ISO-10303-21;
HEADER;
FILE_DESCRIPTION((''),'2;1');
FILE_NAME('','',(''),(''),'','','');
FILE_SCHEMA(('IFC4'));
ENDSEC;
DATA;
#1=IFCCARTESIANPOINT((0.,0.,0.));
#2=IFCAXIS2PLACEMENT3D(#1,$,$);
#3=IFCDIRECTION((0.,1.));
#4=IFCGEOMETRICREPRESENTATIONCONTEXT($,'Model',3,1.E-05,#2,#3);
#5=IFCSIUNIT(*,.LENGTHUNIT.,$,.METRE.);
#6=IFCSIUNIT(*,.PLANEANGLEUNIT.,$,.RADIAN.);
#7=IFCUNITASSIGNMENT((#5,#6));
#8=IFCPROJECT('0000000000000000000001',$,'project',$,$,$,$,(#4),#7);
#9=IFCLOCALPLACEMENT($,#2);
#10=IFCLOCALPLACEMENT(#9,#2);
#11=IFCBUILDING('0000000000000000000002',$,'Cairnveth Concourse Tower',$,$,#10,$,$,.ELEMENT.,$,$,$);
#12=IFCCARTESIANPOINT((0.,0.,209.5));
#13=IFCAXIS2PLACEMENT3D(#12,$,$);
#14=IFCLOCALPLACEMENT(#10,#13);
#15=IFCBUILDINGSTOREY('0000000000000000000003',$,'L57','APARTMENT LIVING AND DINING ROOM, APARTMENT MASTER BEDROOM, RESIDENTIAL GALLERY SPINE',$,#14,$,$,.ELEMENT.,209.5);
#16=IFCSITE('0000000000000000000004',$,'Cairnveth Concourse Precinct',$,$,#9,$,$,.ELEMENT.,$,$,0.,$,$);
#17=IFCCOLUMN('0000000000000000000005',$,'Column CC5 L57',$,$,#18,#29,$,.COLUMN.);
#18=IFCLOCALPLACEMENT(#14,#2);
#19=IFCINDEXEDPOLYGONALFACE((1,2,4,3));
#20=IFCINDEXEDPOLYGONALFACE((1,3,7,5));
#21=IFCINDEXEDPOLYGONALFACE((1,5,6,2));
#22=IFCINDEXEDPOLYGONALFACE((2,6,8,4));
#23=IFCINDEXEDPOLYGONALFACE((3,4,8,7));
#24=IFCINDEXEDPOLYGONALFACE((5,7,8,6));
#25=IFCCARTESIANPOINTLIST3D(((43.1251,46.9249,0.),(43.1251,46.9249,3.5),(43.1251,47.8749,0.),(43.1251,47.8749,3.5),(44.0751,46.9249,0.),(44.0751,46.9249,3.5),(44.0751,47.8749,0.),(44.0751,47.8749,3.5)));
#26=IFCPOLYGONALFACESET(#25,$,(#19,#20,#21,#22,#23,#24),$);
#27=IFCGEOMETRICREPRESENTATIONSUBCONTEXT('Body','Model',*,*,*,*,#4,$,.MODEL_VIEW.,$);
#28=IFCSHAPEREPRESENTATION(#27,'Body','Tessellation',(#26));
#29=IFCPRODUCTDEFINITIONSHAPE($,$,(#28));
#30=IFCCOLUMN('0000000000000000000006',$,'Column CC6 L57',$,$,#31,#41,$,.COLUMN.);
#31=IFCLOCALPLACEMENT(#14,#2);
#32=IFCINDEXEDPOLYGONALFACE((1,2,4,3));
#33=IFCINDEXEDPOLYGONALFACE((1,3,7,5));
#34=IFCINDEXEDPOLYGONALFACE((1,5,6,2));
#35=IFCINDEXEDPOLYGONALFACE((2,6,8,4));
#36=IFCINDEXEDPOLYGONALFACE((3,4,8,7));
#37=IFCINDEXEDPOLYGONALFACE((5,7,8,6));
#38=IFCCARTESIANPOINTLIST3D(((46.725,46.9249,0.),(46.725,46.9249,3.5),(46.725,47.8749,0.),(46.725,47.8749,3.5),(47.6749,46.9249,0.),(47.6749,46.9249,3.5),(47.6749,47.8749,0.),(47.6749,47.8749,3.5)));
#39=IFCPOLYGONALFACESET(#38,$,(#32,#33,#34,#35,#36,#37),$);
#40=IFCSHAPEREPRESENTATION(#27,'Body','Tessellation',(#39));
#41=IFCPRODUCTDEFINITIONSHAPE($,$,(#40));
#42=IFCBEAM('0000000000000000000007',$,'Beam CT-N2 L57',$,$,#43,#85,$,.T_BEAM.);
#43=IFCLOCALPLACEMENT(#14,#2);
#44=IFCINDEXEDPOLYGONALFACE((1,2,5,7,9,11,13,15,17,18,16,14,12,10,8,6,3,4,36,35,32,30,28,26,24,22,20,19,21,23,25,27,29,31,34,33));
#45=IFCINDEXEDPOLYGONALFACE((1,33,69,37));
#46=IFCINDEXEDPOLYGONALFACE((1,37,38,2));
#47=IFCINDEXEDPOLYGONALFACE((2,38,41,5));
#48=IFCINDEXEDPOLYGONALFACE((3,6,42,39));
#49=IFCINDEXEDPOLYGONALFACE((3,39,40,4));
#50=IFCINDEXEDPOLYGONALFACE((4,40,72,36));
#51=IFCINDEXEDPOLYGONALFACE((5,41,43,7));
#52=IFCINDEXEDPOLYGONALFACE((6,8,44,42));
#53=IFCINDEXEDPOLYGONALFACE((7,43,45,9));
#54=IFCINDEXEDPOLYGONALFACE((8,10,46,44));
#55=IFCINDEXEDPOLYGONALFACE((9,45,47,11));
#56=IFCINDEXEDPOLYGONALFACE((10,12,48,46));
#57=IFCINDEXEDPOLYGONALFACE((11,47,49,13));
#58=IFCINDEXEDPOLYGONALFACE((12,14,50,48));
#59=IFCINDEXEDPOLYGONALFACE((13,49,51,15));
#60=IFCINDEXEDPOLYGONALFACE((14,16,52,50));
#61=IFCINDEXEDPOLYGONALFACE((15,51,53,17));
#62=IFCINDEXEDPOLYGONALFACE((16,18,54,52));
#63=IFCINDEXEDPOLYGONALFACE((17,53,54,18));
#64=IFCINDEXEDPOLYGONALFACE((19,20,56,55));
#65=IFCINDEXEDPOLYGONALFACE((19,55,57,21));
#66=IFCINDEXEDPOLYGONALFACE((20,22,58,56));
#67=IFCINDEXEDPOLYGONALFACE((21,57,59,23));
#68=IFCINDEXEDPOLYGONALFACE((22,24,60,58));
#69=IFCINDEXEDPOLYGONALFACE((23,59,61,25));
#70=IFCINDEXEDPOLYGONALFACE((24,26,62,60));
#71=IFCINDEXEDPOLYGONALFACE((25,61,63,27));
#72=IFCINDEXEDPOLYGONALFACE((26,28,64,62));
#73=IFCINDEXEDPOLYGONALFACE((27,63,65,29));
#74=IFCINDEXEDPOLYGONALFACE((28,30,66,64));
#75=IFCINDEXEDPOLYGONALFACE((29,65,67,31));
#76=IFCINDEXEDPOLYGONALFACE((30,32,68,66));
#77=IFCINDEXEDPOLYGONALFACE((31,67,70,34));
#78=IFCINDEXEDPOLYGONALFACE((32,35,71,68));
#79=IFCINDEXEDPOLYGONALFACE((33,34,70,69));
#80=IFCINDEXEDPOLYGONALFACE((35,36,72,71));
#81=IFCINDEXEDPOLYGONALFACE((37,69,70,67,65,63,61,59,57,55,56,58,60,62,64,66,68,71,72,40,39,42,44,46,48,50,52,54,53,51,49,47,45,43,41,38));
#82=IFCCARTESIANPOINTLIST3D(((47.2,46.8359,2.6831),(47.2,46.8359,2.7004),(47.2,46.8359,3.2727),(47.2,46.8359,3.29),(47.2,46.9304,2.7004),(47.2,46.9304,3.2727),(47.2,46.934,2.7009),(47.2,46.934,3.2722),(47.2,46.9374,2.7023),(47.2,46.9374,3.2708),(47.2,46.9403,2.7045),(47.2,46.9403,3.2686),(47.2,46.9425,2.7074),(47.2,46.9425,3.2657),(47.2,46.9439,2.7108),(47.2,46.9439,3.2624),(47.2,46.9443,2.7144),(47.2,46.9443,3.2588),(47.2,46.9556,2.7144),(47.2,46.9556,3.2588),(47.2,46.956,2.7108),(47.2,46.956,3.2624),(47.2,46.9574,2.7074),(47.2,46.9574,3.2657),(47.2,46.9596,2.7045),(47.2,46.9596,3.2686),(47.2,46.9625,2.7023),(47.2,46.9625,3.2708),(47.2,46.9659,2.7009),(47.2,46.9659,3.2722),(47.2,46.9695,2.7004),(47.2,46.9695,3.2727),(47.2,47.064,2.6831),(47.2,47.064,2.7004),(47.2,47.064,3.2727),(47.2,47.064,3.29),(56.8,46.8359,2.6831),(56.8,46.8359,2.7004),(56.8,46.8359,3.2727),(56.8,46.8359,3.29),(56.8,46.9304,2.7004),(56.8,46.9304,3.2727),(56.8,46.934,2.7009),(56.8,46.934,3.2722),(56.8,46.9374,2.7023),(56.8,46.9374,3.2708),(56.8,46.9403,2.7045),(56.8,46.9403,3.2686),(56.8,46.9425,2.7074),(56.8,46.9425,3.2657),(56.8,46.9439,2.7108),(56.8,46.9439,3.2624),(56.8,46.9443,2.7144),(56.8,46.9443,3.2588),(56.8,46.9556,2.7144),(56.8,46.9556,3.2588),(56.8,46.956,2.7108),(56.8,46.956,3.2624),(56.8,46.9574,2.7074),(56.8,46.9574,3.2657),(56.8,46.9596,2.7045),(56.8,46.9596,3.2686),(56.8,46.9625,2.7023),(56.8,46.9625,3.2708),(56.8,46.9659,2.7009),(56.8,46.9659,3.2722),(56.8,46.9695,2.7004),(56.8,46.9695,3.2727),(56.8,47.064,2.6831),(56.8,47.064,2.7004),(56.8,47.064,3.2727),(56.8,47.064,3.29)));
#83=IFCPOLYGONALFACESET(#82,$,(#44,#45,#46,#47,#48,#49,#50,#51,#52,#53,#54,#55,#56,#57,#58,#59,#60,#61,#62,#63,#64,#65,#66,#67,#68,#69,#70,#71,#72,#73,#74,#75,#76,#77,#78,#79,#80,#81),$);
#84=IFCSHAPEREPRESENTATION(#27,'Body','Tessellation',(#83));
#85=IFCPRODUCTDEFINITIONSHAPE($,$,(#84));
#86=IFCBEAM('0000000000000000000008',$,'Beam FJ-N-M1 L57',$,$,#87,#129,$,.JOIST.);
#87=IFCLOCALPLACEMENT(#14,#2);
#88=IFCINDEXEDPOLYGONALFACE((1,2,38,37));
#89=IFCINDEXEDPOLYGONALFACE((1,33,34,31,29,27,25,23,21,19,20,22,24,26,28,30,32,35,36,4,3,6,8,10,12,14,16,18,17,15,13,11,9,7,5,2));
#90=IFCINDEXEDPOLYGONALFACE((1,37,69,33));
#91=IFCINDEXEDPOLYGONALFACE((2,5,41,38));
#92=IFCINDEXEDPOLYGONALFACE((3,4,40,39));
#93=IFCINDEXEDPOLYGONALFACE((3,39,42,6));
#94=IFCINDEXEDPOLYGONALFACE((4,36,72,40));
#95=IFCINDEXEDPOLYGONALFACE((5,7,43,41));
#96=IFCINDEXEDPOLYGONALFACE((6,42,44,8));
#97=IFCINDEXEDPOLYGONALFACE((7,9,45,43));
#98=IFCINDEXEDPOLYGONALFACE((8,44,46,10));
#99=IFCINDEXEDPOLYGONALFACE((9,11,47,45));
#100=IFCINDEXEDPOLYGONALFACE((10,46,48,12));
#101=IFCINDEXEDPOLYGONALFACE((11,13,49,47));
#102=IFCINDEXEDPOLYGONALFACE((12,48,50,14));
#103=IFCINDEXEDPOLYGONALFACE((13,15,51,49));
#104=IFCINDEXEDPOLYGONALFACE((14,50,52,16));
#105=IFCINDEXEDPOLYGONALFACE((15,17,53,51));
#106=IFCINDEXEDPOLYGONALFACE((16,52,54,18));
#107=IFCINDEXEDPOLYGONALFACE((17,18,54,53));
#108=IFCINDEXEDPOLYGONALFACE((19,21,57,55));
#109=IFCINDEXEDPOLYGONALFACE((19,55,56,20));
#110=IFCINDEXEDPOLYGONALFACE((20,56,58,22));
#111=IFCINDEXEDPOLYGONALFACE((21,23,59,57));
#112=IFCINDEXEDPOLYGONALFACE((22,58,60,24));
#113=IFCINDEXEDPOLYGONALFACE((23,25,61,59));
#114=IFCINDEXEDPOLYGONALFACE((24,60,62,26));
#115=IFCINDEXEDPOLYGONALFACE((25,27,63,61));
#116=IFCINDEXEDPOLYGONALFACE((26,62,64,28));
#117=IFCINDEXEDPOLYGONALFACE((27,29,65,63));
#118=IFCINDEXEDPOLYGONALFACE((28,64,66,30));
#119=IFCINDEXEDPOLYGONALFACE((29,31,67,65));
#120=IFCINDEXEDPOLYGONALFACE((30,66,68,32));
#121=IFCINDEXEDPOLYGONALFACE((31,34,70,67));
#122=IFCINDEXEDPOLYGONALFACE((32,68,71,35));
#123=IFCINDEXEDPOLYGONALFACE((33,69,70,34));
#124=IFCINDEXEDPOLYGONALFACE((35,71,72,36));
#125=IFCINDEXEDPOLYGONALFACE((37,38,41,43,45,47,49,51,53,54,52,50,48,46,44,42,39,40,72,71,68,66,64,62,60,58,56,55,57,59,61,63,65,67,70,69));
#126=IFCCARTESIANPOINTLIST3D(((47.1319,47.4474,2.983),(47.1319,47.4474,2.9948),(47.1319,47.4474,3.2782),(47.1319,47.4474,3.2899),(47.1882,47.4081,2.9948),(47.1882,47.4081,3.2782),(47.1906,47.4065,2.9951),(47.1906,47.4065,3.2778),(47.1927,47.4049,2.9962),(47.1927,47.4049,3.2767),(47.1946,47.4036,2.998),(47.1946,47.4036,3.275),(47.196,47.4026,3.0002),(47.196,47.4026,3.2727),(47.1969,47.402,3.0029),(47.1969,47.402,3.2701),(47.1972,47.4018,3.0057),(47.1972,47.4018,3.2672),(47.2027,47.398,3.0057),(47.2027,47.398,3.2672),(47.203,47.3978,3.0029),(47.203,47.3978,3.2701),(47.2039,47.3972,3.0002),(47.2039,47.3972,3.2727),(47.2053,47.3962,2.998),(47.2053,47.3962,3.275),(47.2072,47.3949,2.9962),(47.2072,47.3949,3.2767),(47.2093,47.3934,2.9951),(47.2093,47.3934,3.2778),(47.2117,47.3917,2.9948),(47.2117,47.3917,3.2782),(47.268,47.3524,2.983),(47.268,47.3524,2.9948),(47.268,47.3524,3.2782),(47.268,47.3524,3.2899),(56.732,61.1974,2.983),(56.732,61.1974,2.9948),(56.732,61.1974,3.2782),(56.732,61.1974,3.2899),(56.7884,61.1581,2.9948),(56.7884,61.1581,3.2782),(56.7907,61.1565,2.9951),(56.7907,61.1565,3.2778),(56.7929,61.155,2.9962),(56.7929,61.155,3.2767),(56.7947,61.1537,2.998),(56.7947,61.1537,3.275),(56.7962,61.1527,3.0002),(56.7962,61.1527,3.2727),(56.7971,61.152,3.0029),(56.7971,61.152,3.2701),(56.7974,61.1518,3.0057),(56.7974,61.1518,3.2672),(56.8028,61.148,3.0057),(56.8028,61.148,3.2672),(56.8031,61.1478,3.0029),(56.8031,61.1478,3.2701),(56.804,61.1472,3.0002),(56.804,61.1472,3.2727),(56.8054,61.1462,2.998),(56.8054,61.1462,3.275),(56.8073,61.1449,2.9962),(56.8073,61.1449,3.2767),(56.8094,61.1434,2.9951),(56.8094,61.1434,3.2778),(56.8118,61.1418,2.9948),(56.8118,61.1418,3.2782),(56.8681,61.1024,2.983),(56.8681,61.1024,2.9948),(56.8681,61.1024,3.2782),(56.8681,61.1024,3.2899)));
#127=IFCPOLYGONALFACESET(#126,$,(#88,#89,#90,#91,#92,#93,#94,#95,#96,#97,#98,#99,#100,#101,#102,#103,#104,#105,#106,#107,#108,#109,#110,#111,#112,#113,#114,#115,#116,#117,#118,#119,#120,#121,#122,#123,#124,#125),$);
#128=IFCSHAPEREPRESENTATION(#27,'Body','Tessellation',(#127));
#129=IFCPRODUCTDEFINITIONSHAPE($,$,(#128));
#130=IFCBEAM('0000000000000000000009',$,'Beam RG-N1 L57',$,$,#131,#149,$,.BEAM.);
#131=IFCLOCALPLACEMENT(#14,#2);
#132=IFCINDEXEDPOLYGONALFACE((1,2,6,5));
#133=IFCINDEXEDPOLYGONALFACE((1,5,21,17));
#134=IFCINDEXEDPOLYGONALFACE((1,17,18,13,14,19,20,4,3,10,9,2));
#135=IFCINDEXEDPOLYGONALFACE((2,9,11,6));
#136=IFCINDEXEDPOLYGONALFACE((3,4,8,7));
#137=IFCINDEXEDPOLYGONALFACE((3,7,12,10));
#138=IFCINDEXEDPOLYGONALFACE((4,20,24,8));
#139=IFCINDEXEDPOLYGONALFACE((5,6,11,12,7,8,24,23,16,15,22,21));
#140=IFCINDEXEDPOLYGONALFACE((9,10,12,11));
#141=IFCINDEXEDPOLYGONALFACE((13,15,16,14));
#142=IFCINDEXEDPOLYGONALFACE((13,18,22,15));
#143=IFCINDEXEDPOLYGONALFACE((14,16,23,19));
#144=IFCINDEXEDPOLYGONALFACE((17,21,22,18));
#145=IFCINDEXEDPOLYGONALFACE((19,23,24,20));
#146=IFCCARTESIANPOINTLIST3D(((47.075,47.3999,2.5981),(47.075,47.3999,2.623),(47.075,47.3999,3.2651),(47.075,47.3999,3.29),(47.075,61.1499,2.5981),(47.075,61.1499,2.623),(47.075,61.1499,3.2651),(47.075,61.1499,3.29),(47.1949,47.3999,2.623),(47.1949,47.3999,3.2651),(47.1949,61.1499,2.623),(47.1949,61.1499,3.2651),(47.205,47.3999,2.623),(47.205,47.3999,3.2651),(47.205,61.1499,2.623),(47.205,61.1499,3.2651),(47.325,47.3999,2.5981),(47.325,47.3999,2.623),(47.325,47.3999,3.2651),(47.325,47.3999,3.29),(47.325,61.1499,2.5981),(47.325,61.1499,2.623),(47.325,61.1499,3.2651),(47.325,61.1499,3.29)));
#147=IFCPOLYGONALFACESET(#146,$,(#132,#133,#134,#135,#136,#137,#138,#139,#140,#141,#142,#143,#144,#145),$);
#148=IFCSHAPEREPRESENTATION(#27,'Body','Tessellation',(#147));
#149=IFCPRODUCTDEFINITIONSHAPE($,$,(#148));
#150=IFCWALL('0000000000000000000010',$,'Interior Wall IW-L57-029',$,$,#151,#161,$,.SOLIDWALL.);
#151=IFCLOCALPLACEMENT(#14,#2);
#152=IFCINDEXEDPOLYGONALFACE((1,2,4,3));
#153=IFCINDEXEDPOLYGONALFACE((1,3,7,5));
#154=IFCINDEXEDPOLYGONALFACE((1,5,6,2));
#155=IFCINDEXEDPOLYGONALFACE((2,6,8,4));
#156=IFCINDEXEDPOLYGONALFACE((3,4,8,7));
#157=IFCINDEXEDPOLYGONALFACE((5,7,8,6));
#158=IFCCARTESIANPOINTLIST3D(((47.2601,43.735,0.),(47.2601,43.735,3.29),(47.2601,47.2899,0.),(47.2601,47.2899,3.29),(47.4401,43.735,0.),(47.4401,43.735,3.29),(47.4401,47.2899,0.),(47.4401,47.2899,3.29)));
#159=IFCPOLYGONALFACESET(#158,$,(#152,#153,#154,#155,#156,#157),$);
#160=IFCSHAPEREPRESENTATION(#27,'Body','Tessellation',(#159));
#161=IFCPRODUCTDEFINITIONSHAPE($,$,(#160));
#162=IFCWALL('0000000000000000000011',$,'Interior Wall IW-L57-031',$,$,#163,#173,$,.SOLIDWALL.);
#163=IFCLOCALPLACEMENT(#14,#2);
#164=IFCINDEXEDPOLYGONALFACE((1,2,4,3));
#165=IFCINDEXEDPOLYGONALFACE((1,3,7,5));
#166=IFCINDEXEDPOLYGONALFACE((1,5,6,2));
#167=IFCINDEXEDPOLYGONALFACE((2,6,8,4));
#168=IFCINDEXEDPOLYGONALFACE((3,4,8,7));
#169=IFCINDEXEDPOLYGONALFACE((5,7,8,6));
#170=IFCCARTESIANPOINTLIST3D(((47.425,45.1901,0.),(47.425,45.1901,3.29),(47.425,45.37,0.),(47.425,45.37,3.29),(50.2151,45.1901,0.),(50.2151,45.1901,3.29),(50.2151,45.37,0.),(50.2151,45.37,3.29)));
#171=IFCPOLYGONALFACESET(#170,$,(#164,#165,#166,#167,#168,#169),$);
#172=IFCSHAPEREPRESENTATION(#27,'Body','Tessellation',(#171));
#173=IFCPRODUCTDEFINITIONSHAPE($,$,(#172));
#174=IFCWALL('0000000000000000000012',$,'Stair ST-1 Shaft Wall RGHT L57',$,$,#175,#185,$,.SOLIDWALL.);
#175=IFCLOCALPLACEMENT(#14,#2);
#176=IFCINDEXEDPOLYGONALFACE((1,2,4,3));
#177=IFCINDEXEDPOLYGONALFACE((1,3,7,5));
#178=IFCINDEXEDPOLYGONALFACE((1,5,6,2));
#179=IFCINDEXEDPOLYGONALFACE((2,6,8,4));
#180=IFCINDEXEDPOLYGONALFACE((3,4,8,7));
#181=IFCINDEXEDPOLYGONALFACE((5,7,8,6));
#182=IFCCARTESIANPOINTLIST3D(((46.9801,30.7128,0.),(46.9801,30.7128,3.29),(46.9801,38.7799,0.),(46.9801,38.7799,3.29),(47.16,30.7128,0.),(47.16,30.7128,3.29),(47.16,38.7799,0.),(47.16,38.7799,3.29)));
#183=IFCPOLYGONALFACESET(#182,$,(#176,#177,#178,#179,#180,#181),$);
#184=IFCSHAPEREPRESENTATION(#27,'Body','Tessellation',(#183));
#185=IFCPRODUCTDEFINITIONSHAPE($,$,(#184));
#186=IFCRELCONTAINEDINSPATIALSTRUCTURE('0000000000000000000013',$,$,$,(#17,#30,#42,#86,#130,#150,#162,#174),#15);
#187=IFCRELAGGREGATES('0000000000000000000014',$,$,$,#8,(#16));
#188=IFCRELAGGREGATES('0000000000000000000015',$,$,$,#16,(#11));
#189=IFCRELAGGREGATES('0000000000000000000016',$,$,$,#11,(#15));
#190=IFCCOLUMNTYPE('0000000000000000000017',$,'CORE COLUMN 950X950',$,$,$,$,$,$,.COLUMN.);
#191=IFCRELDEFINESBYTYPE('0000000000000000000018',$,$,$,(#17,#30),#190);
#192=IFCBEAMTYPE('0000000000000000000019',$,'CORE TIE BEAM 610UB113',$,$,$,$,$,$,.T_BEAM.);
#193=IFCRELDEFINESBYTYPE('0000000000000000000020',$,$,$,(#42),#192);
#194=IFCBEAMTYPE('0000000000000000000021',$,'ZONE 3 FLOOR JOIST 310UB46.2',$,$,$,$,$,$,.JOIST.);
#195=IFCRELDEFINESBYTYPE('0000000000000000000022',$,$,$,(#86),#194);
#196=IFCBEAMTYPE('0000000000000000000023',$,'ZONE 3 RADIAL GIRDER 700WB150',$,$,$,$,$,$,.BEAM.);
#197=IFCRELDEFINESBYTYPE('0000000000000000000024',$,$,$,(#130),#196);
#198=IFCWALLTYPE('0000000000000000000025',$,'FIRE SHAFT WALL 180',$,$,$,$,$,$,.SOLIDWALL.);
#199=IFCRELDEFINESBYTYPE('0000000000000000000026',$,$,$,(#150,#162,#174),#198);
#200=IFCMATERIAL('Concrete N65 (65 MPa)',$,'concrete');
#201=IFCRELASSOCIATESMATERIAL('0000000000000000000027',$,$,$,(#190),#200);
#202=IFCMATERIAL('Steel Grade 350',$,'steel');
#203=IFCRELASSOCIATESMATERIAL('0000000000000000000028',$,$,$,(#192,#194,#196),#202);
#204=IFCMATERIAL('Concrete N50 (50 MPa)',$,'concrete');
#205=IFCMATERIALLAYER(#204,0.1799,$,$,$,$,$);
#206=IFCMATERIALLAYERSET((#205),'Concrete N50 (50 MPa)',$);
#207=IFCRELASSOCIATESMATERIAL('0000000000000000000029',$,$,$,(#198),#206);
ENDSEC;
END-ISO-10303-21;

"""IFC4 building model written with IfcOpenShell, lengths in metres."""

from ifc_helpers import new_model, si_unit, direction, frame, frame_2d, origin, origin_2d, place, context, subcontext, project, spatial, rectangle, i_section, extrude, material, layer, layer_set, material_profile, profile_set, type_object, element, save


model = new_model("IFC4")

# Units and contexts
model_context = context("Model", 3, precision=1e-05, world=origin(), true_north=direction((0.0, 1.0)))
body_context = subcontext(model_context, "Body", "Model", "MODEL_VIEW")
ifc_project = project(units=[si_unit("LENGTHUNIT", "METRE"), si_unit("PLANEANGLEUNIT", "RADIAN")], contexts=[model_context])

# Site, building, storey
site_placement = place(None, origin())
site = spatial("IfcSite", under=ifc_project, at=site_placement, Name="Cairnveth Concourse Precinct", CompositionType="ELEMENT", RefElevation=0.0)
building_placement = place(site_placement, origin())
building = spatial("IfcBuilding", under=site, at=building_placement, Name="Cairnveth Concourse Tower", CompositionType="ELEMENT")
storey_placement = place(building_placement, frame((0.0, 0.0, 209.5)))
storey = spatial("IfcBuildingStorey", under=building, at=storey_placement, Name="L57", Description="APARTMENT LIVING AND DINING ROOM, APARTMENT MASTER BEDROOM, RESIDENTIAL GALLERY SPINE", CompositionType="ELEMENT", Elevation=209.5)

# Columns
ifc_material_1 = material(Name="Concrete N65 (65 MPa)", Category="concrete")
ifc_material_profile_1 = material_profile(ifc_material_1, rectangle(XDim=0.95, YDim=0.95, at=origin_2d()), Name="RC-COL-950x950")
ifc_profile_set_1 = profile_set([ifc_material_profile_1], Name="Concrete N65 (65 MPa)")
column_type = type_object("IfcColumnType", Name="CORE COLUMN 950X950", PredefinedType="COLUMN", material=ifc_profile_set_1)
for number, where, z_axis, x_axis, name in (
    (1, (43.6001, 47.3999, 0.0), (0.0, 0.0, 1.0), (1.0, 0.0, 0.0), "Column CC5 L57"),
    (2, (47.2, 47.3999, 0.0), (0.0, 0.0, 1.0), (1.0, 0.0, 0.0), "Column CC6 L57"),
):
    element("IfcColumn", number, at=place(storey_placement, frame(where, z_axis=z_axis, x_axis=x_axis)), inside=storey, type_object=column_type, Name=name, PredefinedType="COLUMN", context=body_context, shape_type="SweptSolid", body=[
        extrude(rectangle(XDim=0.95, YDim=0.95, at=origin_2d()), origin(), (0.0, 0.0, 1.0), 3.5),
    ])

# Beams
ifc_material_2 = material(Name="Steel Grade 350", Category="steel")
ifc_material_profile_2 = material_profile(ifc_material_2, i_section(OverallWidth=0.228, OverallDepth=0.6069, WebThickness=0.0112, FlangeThickness=0.0173, FilletRadius=0.0139, at=origin_2d()), Name="610UB113")
ifc_profile_set_2 = profile_set([ifc_material_profile_2], Name="Steel Grade 350")
beam_type_1 = type_object("IfcBeamType", Name="CORE TIE BEAM 610UB113", PredefinedType="T_BEAM", material=ifc_profile_set_2)
beam_1_placement = place(storey_placement, frame((47.2, 46.95, 2.9866), z_axis=(1.0, 0.0, 0.0), x_axis=(0.0, 1.0, 0.0)))
element("IfcBeam", 3, at=beam_1_placement, inside=storey, type_object=beam_type_1, Name="Beam CT-N2 L57", PredefinedType="T_BEAM", context=body_context, shape_type="SweptSolid", body=[
    extrude(i_section(OverallWidth=0.228, OverallDepth=0.6069, WebThickness=0.0112, FlangeThickness=0.0173, FilletRadius=0.0139, at=origin_2d()), origin(), (0.0, 0.0, 1.0), 9.6001),
])
ifc_material_profile_3 = material_profile(ifc_material_2, i_section(OverallWidth=0.166, OverallDepth=0.3069, WebThickness=0.0066, FlangeThickness=0.0117, FilletRadius=0.011, at=origin_2d()), Name="310UB46.2")
ifc_profile_set_3 = profile_set([ifc_material_profile_3], Name="Steel Grade 350")
beam_type_2 = type_object("IfcBeamType", Name="ZONE 3 FLOOR JOIST 310UB46.2", PredefinedType="JOIST", material=ifc_profile_set_3)
beam_2_placement = place(storey_placement, frame((47.2, 47.3999, 3.1365), z_axis=(0.572465, 0.819929, 0.0), x_axis=(-0.819929, 0.572465, 0.0)))
element("IfcBeam", 4, at=beam_2_placement, inside=storey, type_object=beam_type_2, Name="Beam FJ-N-M1 L57", PredefinedType="JOIST", context=body_context, shape_type="SweptSolid", body=[
    extrude(i_section(OverallWidth=0.166, OverallDepth=0.3069, WebThickness=0.0066, FlangeThickness=0.0117, FilletRadius=0.011, at=origin_2d()), origin(), (0.0, 0.0, 1.0), 16.7698),
])
ifc_material_profile_4 = material_profile(ifc_material_2, i_section(OverallWidth=0.25, OverallDepth=0.6919, WebThickness=0.01, FlangeThickness=0.0249, at=origin_2d()), Name="700WB150")
ifc_profile_set_4 = profile_set([ifc_material_profile_4], Name="Steel Grade 350")
beam_type_3 = type_object("IfcBeamType", Name="ZONE 3 RADIAL GIRDER 700WB150", PredefinedType="BEAM", material=ifc_profile_set_4)
beam_3_placement = place(storey_placement, frame((47.2, 47.3999, 2.9441), z_axis=(0.0, 1.0, 0.0), x_axis=(-1.0, 0.0, 0.0)))
element("IfcBeam", 5, at=beam_3_placement, inside=storey, type_object=beam_type_3, Name="Beam RG-N1 L57", PredefinedType="BEAM", context=body_context, shape_type="SweptSolid", body=[
    extrude(i_section(OverallWidth=0.25, OverallDepth=0.6919, WebThickness=0.01, FlangeThickness=0.0249, at=origin_2d()), origin(), (0.0, 0.0, 1.0), 13.75),
])

# Walls
ifc_material_3 = material(Name="Concrete N50 (50 MPa)", Category="concrete")
ifc_layer_1 = layer(ifc_material_3, 0.1799)
ifc_layer_set_1 = layer_set([ifc_layer_1], Name="Concrete N50 (50 MPa)")
wall_type_1 = type_object("IfcWallType", Name="FIRE SHAFT WALL 180", PredefinedType="SOLIDWALL", material=ifc_layer_set_1)
wall_1_placement = place(storey_placement, frame((47.3501, 43.7351, 0.0), z_axis=(0.0, 0.0, 1.0), x_axis=(0.0, 1.0, 0.0)))
element("IfcWall", 6, at=wall_1_placement, inside=storey, type_object=wall_type_1, Name="Interior Wall IW-L57-029", PredefinedType="SOLIDWALL", context=body_context, shape_type="SweptSolid", body=[
    extrude(rectangle(XDim=3.5549, YDim=0.1799, at=frame_2d((1.7773, 0.0))), origin(), (0.0, 0.0, 1.0), 3.29),
])
wall_2_placement = place(storey_placement, frame((47.425, 45.28, 0.0), z_axis=(0.0, 0.0, 1.0), x_axis=(1.0, 0.0, 0.0)))
element("IfcWall", 7, at=wall_2_placement, inside=storey, type_object=wall_type_1, Name="Interior Wall IW-L57-031", PredefinedType="SOLIDWALL", context=body_context, shape_type="SweptSolid", body=[
    extrude(rectangle(XDim=2.79, YDim=0.1799, at=frame_2d((1.395, 0.0))), origin(), (0.0, 0.0, 1.0), 3.29),
])

# Wall
wall_3_placement = place(storey_placement, frame((47.0701, 38.78, 0.0), z_axis=(0.0, 0.0, 1.0), x_axis=(0.0, -1.0, 0.0)))
element("IfcWall", 8, at=wall_3_placement, inside=storey, type_object=wall_type_1, Name="Stair ST-1 Shaft Wall RGHT L57", PredefinedType="SOLIDWALL", context=body_context, shape_type="SweptSolid", body=[
    extrude(rectangle(XDim=8.0671, YDim=0.1799, at=frame_2d((4.0337, 0.0))), origin(), (0.0, 0.0, 1.0), 3.29),
])

save(model, "model.ifc")
